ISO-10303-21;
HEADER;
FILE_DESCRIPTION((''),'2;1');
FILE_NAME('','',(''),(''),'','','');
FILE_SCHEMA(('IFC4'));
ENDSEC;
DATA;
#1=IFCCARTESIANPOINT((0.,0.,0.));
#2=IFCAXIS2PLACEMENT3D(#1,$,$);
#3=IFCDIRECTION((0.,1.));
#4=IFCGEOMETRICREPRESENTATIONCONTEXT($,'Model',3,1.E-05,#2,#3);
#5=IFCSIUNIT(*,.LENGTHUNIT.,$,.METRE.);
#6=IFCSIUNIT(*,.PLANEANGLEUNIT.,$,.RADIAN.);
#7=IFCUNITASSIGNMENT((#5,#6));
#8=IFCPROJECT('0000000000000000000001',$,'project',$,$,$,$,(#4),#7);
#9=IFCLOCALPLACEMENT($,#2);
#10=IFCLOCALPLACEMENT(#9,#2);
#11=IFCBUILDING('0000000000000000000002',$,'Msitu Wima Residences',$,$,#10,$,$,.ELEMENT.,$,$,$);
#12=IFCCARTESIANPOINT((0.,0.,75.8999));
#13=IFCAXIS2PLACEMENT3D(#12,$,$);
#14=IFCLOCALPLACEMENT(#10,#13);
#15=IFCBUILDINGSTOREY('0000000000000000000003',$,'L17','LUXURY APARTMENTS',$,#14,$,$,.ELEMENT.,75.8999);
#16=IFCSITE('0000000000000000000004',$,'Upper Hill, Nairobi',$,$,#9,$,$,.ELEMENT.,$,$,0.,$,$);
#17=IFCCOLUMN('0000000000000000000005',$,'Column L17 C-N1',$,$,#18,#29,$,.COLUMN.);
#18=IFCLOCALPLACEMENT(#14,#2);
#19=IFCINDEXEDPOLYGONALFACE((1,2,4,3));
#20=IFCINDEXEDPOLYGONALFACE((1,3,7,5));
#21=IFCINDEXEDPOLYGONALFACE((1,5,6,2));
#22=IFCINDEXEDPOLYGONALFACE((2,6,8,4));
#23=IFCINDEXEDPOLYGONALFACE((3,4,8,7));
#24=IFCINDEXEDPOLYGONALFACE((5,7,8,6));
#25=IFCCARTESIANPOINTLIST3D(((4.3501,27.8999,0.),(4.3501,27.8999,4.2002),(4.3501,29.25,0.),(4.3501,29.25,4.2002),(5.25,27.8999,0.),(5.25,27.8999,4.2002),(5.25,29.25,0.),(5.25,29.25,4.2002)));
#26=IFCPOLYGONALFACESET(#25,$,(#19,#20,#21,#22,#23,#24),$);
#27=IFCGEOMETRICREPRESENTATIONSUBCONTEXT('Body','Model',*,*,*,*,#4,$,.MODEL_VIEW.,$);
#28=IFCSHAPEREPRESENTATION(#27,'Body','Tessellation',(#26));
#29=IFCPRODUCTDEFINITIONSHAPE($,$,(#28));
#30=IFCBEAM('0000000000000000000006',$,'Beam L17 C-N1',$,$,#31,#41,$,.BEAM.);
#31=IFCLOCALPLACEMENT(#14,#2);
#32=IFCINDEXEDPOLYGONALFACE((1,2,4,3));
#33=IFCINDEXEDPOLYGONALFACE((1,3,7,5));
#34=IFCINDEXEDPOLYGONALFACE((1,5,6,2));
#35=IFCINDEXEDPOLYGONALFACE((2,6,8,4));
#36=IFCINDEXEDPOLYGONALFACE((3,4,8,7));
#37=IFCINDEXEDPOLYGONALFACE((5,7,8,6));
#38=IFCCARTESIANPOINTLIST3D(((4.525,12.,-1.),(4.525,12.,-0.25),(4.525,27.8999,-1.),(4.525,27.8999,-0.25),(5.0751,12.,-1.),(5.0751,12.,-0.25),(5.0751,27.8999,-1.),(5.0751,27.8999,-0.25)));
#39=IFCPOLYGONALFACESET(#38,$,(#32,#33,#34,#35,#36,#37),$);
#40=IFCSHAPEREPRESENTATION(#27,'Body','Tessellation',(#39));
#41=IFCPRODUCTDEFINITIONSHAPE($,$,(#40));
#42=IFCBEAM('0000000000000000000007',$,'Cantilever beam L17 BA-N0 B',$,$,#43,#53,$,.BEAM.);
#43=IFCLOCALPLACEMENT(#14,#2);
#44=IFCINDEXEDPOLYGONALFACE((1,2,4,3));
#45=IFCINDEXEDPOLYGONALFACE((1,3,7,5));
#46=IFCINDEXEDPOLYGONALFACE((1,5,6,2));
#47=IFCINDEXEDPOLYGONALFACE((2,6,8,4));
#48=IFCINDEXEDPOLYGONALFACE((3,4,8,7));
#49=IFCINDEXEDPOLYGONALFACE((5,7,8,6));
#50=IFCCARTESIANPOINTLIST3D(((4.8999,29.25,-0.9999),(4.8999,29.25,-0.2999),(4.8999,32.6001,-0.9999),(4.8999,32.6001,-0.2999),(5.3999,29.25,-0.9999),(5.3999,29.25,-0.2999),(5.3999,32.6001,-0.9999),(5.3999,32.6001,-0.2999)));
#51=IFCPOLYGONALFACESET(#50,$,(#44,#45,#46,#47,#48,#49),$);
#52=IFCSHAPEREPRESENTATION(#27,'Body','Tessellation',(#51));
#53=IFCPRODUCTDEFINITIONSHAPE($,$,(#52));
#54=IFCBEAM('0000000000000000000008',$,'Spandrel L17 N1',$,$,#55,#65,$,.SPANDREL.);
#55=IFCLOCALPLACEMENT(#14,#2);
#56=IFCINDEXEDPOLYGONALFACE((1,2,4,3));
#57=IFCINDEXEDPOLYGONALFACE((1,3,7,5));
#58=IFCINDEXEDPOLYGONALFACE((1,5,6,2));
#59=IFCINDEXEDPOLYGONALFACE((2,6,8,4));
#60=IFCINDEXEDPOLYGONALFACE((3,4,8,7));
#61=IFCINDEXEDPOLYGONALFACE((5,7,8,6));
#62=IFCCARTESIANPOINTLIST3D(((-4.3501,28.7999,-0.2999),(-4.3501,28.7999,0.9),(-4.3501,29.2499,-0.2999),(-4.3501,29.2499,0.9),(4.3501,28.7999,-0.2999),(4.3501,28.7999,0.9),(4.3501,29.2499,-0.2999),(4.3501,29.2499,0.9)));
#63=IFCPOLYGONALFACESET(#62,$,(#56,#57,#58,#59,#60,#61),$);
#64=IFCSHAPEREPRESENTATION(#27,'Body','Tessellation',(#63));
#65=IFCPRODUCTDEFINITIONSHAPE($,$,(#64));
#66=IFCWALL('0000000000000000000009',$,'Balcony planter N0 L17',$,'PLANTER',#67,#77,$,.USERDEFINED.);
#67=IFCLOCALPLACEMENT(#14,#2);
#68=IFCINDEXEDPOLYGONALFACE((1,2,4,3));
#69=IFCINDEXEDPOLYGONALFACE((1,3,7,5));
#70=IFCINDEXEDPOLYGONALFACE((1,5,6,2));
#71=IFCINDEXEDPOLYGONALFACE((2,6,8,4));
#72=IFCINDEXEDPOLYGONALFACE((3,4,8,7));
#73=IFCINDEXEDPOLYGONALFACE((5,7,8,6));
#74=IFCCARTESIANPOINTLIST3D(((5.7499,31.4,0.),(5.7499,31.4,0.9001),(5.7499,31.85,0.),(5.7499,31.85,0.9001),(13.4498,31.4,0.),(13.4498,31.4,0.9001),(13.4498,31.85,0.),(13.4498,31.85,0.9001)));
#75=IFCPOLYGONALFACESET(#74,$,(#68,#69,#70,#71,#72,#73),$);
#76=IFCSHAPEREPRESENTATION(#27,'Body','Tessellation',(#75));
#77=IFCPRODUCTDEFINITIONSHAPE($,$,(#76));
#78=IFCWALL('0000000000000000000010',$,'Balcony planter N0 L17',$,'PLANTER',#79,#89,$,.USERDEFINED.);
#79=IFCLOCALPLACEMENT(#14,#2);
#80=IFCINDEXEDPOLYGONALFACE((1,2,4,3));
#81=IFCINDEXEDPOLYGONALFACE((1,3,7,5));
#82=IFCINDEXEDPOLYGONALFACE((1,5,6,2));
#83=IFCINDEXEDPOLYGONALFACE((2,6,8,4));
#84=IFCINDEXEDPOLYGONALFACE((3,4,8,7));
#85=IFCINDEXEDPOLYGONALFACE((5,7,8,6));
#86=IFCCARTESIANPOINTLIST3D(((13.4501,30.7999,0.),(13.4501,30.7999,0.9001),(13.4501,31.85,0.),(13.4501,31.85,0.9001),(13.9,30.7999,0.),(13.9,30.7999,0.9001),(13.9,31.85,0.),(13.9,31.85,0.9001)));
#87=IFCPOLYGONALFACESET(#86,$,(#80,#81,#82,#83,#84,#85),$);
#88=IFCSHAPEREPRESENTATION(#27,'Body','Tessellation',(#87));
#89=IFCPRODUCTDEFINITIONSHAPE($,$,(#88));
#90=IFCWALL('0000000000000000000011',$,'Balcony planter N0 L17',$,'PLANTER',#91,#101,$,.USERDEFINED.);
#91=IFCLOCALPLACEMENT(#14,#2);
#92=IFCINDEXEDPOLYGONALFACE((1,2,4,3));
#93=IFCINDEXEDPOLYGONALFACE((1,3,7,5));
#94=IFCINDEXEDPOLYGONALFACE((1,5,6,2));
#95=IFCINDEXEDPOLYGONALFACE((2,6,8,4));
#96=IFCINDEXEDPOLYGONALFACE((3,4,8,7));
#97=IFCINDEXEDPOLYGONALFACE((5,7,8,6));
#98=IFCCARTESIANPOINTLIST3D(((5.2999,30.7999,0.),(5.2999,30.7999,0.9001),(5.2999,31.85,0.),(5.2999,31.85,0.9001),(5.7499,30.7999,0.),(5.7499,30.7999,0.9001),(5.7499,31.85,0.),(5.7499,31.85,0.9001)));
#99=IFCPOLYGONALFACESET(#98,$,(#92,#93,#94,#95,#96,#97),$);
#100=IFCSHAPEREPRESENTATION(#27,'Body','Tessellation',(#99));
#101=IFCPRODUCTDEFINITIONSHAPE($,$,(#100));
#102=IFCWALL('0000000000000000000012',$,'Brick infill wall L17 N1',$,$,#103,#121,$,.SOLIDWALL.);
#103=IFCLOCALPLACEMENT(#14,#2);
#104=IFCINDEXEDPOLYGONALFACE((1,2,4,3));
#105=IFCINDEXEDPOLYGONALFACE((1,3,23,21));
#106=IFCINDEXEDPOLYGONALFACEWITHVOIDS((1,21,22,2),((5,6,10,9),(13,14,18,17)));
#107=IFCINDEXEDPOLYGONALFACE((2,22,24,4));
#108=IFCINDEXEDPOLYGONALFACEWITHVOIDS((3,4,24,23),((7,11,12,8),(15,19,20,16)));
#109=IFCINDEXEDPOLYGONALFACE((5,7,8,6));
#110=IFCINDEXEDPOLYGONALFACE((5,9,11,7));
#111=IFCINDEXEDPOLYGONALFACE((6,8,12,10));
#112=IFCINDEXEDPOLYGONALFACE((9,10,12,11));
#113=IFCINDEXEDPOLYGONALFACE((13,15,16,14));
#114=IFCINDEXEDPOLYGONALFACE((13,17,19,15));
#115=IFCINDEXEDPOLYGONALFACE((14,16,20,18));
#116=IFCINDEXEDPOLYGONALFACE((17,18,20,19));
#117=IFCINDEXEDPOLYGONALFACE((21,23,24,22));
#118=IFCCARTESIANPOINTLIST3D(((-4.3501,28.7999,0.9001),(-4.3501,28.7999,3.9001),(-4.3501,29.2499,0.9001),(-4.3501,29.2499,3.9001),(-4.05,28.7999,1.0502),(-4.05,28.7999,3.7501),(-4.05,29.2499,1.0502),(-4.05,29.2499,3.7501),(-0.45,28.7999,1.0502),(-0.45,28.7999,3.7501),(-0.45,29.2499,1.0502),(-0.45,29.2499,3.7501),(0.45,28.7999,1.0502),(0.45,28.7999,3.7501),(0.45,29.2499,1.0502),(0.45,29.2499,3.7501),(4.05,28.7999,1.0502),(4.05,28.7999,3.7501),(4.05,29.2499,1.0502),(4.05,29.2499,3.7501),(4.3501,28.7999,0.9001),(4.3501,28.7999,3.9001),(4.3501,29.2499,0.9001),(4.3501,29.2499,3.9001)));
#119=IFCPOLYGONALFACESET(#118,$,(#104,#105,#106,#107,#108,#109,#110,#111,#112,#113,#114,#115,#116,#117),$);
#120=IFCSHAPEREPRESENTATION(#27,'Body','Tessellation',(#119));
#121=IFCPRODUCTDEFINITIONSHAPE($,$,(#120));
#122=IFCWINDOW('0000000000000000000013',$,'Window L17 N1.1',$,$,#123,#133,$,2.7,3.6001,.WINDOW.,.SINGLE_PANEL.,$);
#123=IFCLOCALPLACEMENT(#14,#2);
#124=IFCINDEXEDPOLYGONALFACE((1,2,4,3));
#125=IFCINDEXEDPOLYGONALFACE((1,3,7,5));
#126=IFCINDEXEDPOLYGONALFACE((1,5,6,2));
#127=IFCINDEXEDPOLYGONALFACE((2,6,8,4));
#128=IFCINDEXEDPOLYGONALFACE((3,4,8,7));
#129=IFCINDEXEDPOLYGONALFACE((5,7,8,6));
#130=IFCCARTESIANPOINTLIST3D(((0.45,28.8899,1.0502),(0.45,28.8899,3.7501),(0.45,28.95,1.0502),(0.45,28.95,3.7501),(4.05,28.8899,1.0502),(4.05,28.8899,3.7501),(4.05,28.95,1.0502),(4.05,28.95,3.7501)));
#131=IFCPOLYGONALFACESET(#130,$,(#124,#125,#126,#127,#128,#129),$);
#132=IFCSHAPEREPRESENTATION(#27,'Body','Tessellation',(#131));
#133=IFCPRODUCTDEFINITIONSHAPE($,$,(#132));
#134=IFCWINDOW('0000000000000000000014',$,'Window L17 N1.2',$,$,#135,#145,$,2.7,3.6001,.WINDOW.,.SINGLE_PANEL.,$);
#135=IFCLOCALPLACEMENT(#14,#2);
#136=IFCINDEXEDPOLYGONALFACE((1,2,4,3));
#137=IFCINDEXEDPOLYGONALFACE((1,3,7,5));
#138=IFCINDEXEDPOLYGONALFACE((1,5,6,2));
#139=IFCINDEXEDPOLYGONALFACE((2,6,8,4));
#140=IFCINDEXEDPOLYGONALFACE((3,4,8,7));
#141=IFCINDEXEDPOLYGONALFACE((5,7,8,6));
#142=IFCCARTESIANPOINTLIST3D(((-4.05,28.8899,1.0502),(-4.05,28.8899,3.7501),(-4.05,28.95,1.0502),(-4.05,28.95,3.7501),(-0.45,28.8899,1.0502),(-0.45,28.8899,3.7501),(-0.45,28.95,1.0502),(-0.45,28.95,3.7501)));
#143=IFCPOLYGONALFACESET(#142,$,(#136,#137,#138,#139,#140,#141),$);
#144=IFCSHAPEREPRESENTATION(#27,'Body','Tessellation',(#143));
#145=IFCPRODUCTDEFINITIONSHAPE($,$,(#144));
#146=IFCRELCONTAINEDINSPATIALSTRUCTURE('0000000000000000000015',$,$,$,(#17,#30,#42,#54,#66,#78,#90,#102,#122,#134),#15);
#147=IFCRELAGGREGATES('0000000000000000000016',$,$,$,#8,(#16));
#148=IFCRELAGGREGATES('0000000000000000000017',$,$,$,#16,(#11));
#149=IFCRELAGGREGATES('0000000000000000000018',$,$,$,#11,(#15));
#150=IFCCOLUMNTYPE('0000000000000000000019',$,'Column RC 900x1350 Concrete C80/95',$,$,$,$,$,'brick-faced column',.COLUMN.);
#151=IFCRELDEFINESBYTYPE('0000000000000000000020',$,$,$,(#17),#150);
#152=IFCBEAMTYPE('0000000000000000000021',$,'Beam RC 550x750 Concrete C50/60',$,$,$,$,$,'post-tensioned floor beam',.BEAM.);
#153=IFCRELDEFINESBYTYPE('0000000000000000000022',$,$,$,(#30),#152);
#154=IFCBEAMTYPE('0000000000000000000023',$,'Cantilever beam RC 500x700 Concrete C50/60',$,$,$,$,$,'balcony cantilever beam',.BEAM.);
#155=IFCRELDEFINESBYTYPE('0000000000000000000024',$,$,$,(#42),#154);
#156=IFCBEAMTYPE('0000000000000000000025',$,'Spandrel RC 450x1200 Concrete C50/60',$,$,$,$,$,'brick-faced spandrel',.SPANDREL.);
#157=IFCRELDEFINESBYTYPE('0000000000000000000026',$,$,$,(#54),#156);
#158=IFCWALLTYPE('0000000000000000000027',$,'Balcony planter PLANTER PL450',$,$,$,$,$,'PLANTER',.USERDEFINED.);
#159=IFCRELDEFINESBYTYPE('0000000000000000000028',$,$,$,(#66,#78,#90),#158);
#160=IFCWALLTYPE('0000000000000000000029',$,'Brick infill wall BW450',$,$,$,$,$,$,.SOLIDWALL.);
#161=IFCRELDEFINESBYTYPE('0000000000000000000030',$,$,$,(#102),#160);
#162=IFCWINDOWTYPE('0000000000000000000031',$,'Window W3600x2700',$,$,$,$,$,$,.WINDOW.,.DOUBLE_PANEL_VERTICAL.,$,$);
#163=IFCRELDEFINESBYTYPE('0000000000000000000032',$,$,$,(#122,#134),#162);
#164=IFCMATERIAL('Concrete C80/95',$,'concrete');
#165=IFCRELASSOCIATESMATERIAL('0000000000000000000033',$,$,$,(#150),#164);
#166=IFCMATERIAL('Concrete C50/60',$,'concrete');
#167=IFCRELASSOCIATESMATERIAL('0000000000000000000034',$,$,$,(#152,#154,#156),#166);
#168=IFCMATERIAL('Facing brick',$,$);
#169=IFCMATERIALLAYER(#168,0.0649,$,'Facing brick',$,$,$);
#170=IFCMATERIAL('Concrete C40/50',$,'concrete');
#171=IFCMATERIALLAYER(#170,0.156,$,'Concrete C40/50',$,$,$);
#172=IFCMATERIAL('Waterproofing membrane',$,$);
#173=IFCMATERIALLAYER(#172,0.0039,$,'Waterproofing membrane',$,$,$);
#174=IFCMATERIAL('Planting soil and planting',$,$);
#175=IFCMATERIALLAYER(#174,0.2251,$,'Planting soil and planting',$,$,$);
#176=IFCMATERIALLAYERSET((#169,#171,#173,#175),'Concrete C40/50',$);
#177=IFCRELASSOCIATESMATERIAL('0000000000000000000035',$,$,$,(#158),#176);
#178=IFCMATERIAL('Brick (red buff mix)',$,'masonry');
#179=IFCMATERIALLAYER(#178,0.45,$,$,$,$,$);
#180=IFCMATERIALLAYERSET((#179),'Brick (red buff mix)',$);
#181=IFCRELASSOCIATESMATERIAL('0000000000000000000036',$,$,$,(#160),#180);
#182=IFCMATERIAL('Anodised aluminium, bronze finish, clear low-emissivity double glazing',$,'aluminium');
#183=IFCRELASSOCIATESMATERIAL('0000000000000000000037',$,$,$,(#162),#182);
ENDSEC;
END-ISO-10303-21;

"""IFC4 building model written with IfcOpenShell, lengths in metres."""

from ifc_helpers import new_model, si_unit, direction, frame, frame_2d, origin, origin_2d, place, context, subcontext, project, spatial, rectangle, extrude, material, layer, layer_set, material_profile, profile_set, type_object, element, fill, save


model = new_model("IFC4")

# Units and contexts
model_context = context("Model", 3, precision=1e-05, world=origin(), true_north=direction((0.0, 1.0)))
body_context = subcontext(model_context, "Body", "Model", "MODEL_VIEW")
ifc_project = project(units=[si_unit("LENGTHUNIT", "METRE"), si_unit("PLANEANGLEUNIT", "RADIAN")], contexts=[model_context])

# Site, building, storey
site_placement = place(None, origin())
site = spatial("IfcSite", under=ifc_project, at=site_placement, Name="Upper Hill, Nairobi", CompositionType="ELEMENT", RefElevation=0.0)
building_placement = place(site_placement, origin())
building = spatial("IfcBuilding", under=site, at=building_placement, Name="Msitu Wima Residences", CompositionType="ELEMENT")
storey_placement = place(building_placement, frame((0.0, 0.0, 75.8999)))
storey = spatial("IfcBuildingStorey", under=building, at=storey_placement, Name="L17", Description="LUXURY APARTMENTS", CompositionType="ELEMENT", Elevation=75.8999)

# Column
ifc_material_1 = material(Name="Concrete C80/95", Category="concrete")
ifc_material_profile_1 = material_profile(ifc_material_1, rectangle(XDim=0.8999, YDim=1.3501, at=origin_2d()), Name="RC 900x1350")
ifc_profile_set_1 = profile_set([ifc_material_profile_1], Name="Concrete C80/95")
column_type = type_object("IfcColumnType", Name="Column RC 900x1350 Concrete C80/95", ElementType="brick-faced column", PredefinedType="COLUMN", material=ifc_profile_set_1)
column_placement = place(storey_placement, frame((4.8, 28.575, 0.0), z_axis=(0.0, 0.0, 1.0), x_axis=(-1.0, 0.0, 0.0)))
element("IfcColumn", 1, at=column_placement, inside=storey, type_object=column_type, Name="Column L17 C-N1", PredefinedType="COLUMN", context=body_context, shape_type="SweptSolid", body=[
    extrude(rectangle(XDim=0.8999, YDim=1.3501, at=origin_2d()), origin(), (0.0, 0.0, 1.0), 4.2002),
])

# Beams
ifc_material_2 = material(Name="Concrete C50/60", Category="concrete")
ifc_material_profile_2 = material_profile(ifc_material_2, rectangle(XDim=0.55, YDim=0.75, at=origin_2d()), Name="RC 550x750")
ifc_profile_set_2 = profile_set([ifc_material_profile_2], Name="Concrete C50/60")
beam_type_1 = type_object("IfcBeamType", Name="Beam RC 550x750 Concrete C50/60", ElementType="post-tensioned floor beam", PredefinedType="BEAM", material=ifc_profile_set_2)
beam_1_placement = place(storey_placement, frame((4.8, 27.8999, -0.625), z_axis=(0.0, -1.0, 0.0), x_axis=(1.0, 0.0, 0.0)))
element("IfcBeam", 2, at=beam_1_placement, inside=storey, type_object=beam_type_1, Name="Beam L17 C-N1", PredefinedType="BEAM", context=body_context, shape_type="SweptSolid", body=[
    extrude(rectangle(XDim=0.55, YDim=0.75, at=origin_2d()), origin(), (0.0, 0.0, 1.0), 15.8999),
])
ifc_material_profile_3 = material_profile(ifc_material_2, rectangle(XDim=0.5, YDim=0.7, at=origin_2d()), Name="RC 500x700")
ifc_profile_set_3 = profile_set([ifc_material_profile_3], Name="Concrete C50/60")
beam_type_2 = type_object("IfcBeamType", Name="Cantilever beam RC 500x700 Concrete C50/60", ElementType="balcony cantilever beam", PredefinedType="BEAM", material=ifc_profile_set_3)
beam_2_placement = place(storey_placement, frame((5.1499, 29.25, -0.6499), z_axis=(0.0, 1.0, 0.0), x_axis=(-1.0, 0.0, 0.0)))
element("IfcBeam", 3, at=beam_2_placement, inside=storey, type_object=beam_type_2, Name="Cantilever beam L17 BA-N0 B", PredefinedType="BEAM", context=body_context, shape_type="SweptSolid", body=[
    extrude(rectangle(XDim=0.5, YDim=0.7, at=origin_2d()), origin(), (0.0, 0.0, 1.0), 3.3501),
])
ifc_material_profile_4 = material_profile(ifc_material_2, rectangle(XDim=0.45, YDim=1.2, at=origin_2d()), Name="RC 450x1200")
ifc_profile_set_4 = profile_set([ifc_material_profile_4], Name="Concrete C50/60")
beam_type_3 = type_object("IfcBeamType", Name="Spandrel RC 450x1200 Concrete C50/60", ElementType="brick-faced spandrel", PredefinedType="SPANDREL", material=ifc_profile_set_4)
beam_3_placement = place(storey_placement, frame((4.3501, 29.0249, 0.3), z_axis=(-1.0, 0.0, 0.0), x_axis=(0.0, -1.0, 0.0)))
element("IfcBeam", 4, at=beam_3_placement, inside=storey, type_object=beam_type_3, Name="Spandrel L17 N1", PredefinedType="SPANDREL", context=body_context, shape_type="SweptSolid", body=[
    extrude(rectangle(XDim=0.45, YDim=1.2, at=origin_2d()), origin(), (0.0, 0.0, 1.0), 8.7002),
])

# Walls
ifc_material_3 = material(Name="Facing brick")
ifc_layer_1 = layer(ifc_material_3, 0.0649, Name="Facing brick")
ifc_material_4 = material(Name="Concrete C40/50", Category="concrete")
ifc_layer_2 = layer(ifc_material_4, 0.156, Name="Concrete C40/50")
ifc_material_5 = material(Name="Waterproofing membrane")
ifc_layer_3 = layer(ifc_material_5, 0.0039, Name="Waterproofing membrane")
ifc_material_6 = material(Name="Planting soil and planting")
ifc_layer_4 = layer(ifc_material_6, 0.2251, Name="Planting soil and planting")
ifc_layer_set_1 = layer_set([ifc_layer_1, ifc_layer_2, ifc_layer_3, ifc_layer_4], Name="Concrete C40/50")
wall_type_1 = type_object("IfcWallType", Name="Balcony planter PLANTER PL450", ElementType="PLANTER", PredefinedType="USERDEFINED", material=ifc_layer_set_1)
wall_1_placement = place(storey_placement, frame((13.45, 31.625, 0.0), z_axis=(0.0, 0.0, 1.0), x_axis=(-1.0, 0.0, 0.0)))
element("IfcWall", 5, at=wall_1_placement, inside=storey, type_object=wall_type_1, Name="Balcony planter N0 L17", ObjectType="PLANTER", PredefinedType="USERDEFINED", context=body_context, shape_type="SweptSolid", body=[
    extrude(rectangle(XDim=7.7, YDim=0.45, at=frame_2d((3.8501, 0.0))), origin(), (0.0, 0.0, 1.0), 0.9001),
])
for number, where, z_axis, x_axis, name in (
    (6, (13.675, 30.8, 0.0), (0.0, 0.0, 1.0), (0.0, 1.0, 0.0), "Balcony planter N0 L17"),
    (7, (5.5249, 30.8, 0.0), (0.0, 0.0, 1.0), (0.0, 1.0, 0.0), "Balcony planter N0 L17"),
):
    element("IfcWall", number, at=place(storey_placement, frame(where, z_axis=z_axis, x_axis=x_axis)), inside=storey, type_object=wall_type_1, Name=name, ObjectType="PLANTER", PredefinedType="USERDEFINED", context=body_context, shape_type="SweptSolid", body=[
        extrude(rectangle(XDim=1.05, YDim=0.45, at=frame_2d((0.5249, 0.0))), origin(), (0.0, 0.0, 1.0), 0.9001),
    ])

# Wall, openings, windows
ifc_material_7 = material(Name="Brick (red buff mix)", Category="masonry")
ifc_layer_5 = layer(ifc_material_7, 0.45)
ifc_layer_set_2 = layer_set([ifc_layer_5], Name="Brick (red buff mix)")
wall_type_2 = type_object("IfcWallType", Name="Brick infill wall BW450", PredefinedType="SOLIDWALL", material=ifc_layer_set_2)
wall_2_placement = place(storey_placement, frame((4.3501, 29.0249, 0.9001), z_axis=(0.0, 0.0, 1.0), x_axis=(-1.0, 0.0, 0.0)))
wall_2 = element("IfcWall", 8, at=wall_2_placement, inside=storey, type_object=wall_type_2, Name="Brick infill wall L17 N1", PredefinedType="SOLIDWALL", context=body_context, shape_type="SweptSolid", body=[
    extrude(rectangle(XDim=8.7002, YDim=0.45, at=frame_2d((4.3501, 0.0))), origin(), (0.0, 0.0, 1.0), 3.0),
])
opening_1_placement = place(wall_2_placement, frame((0.3, 0.0, 0.1499)))
opening_1 = element("IfcOpeningElement", 9, at=opening_1_placement, cuts=wall_2, PredefinedType="OPENING", context=body_context, shape_type="SweptSolid", body=[
    extrude(rectangle(XDim=3.6001, YDim=2.7, at=frame_2d((1.8, 1.3501))), frame((0.0, 0.2349, 0.0), z_axis=(0.0, -1.0, 0.0), x_axis=(1.0, 0.0, 0.0)), (0.0, 0.0, 1.0), 0.47),
])
opening_2_placement = place(wall_2_placement, frame((4.8, 0.0, 0.1499)))
opening_2 = element("IfcOpeningElement", 10, at=opening_2_placement, cuts=wall_2, PredefinedType="OPENING", context=body_context, shape_type="SweptSolid", body=[
    extrude(rectangle(XDim=3.6001, YDim=2.7, at=frame_2d((1.8, 1.3501))), frame((0.0, 0.2349, 0.0), z_axis=(0.0, -1.0, 0.0), x_axis=(1.0, 0.0, 0.0)), (0.0, 0.0, 1.0), 0.47),
])
ifc_material_8 = material(Name="Anodised aluminium, bronze finish, clear low-emissivity double glazing", Category="aluminium")
window_type = type_object("IfcWindowType", Name="Window W3600x2700", PartitioningType="DOUBLE_PANEL_VERTICAL", PredefinedType="WINDOW", material=ifc_material_8)
window_1_placement = place(opening_1_placement, origin())
window_1 = element("IfcWindow", 11, at=window_1_placement, inside=storey, type_object=window_type, Name="Window L17 N1.1", OverallHeight=2.7, OverallWidth=3.6001, PartitioningType="SINGLE_PANEL", PredefinedType="WINDOW", context=body_context, shape_type="SweptSolid", body=[
    extrude(rectangle(XDim=3.6001, YDim=2.7, at=frame_2d((1.8, 1.3501))), frame((0.0, 0.135, 0.0), z_axis=(0.0, -1.0, 0.0), x_axis=(1.0, 0.0, 0.0)), (0.0, 0.0, 1.0), 0.0601),
])
fill(opening_1, window_1)
window_2_placement = place(opening_2_placement, origin())
window_2 = element("IfcWindow", 12, at=window_2_placement, inside=storey, type_object=window_type, Name="Window L17 N1.2", OverallHeight=2.7, OverallWidth=3.6001, PartitioningType="SINGLE_PANEL", PredefinedType="WINDOW", context=body_context, shape_type="SweptSolid", body=[
    extrude(rectangle(XDim=3.6001, YDim=2.7, at=frame_2d((1.8, 1.3501))), frame((0.0, 0.135, 0.0), z_axis=(0.0, -1.0, 0.0), x_axis=(1.0, 0.0, 0.0)), (0.0, 0.0, 1.0), 0.0601),
])
fill(opening_2, window_2)

save(model, "model.ifc")
